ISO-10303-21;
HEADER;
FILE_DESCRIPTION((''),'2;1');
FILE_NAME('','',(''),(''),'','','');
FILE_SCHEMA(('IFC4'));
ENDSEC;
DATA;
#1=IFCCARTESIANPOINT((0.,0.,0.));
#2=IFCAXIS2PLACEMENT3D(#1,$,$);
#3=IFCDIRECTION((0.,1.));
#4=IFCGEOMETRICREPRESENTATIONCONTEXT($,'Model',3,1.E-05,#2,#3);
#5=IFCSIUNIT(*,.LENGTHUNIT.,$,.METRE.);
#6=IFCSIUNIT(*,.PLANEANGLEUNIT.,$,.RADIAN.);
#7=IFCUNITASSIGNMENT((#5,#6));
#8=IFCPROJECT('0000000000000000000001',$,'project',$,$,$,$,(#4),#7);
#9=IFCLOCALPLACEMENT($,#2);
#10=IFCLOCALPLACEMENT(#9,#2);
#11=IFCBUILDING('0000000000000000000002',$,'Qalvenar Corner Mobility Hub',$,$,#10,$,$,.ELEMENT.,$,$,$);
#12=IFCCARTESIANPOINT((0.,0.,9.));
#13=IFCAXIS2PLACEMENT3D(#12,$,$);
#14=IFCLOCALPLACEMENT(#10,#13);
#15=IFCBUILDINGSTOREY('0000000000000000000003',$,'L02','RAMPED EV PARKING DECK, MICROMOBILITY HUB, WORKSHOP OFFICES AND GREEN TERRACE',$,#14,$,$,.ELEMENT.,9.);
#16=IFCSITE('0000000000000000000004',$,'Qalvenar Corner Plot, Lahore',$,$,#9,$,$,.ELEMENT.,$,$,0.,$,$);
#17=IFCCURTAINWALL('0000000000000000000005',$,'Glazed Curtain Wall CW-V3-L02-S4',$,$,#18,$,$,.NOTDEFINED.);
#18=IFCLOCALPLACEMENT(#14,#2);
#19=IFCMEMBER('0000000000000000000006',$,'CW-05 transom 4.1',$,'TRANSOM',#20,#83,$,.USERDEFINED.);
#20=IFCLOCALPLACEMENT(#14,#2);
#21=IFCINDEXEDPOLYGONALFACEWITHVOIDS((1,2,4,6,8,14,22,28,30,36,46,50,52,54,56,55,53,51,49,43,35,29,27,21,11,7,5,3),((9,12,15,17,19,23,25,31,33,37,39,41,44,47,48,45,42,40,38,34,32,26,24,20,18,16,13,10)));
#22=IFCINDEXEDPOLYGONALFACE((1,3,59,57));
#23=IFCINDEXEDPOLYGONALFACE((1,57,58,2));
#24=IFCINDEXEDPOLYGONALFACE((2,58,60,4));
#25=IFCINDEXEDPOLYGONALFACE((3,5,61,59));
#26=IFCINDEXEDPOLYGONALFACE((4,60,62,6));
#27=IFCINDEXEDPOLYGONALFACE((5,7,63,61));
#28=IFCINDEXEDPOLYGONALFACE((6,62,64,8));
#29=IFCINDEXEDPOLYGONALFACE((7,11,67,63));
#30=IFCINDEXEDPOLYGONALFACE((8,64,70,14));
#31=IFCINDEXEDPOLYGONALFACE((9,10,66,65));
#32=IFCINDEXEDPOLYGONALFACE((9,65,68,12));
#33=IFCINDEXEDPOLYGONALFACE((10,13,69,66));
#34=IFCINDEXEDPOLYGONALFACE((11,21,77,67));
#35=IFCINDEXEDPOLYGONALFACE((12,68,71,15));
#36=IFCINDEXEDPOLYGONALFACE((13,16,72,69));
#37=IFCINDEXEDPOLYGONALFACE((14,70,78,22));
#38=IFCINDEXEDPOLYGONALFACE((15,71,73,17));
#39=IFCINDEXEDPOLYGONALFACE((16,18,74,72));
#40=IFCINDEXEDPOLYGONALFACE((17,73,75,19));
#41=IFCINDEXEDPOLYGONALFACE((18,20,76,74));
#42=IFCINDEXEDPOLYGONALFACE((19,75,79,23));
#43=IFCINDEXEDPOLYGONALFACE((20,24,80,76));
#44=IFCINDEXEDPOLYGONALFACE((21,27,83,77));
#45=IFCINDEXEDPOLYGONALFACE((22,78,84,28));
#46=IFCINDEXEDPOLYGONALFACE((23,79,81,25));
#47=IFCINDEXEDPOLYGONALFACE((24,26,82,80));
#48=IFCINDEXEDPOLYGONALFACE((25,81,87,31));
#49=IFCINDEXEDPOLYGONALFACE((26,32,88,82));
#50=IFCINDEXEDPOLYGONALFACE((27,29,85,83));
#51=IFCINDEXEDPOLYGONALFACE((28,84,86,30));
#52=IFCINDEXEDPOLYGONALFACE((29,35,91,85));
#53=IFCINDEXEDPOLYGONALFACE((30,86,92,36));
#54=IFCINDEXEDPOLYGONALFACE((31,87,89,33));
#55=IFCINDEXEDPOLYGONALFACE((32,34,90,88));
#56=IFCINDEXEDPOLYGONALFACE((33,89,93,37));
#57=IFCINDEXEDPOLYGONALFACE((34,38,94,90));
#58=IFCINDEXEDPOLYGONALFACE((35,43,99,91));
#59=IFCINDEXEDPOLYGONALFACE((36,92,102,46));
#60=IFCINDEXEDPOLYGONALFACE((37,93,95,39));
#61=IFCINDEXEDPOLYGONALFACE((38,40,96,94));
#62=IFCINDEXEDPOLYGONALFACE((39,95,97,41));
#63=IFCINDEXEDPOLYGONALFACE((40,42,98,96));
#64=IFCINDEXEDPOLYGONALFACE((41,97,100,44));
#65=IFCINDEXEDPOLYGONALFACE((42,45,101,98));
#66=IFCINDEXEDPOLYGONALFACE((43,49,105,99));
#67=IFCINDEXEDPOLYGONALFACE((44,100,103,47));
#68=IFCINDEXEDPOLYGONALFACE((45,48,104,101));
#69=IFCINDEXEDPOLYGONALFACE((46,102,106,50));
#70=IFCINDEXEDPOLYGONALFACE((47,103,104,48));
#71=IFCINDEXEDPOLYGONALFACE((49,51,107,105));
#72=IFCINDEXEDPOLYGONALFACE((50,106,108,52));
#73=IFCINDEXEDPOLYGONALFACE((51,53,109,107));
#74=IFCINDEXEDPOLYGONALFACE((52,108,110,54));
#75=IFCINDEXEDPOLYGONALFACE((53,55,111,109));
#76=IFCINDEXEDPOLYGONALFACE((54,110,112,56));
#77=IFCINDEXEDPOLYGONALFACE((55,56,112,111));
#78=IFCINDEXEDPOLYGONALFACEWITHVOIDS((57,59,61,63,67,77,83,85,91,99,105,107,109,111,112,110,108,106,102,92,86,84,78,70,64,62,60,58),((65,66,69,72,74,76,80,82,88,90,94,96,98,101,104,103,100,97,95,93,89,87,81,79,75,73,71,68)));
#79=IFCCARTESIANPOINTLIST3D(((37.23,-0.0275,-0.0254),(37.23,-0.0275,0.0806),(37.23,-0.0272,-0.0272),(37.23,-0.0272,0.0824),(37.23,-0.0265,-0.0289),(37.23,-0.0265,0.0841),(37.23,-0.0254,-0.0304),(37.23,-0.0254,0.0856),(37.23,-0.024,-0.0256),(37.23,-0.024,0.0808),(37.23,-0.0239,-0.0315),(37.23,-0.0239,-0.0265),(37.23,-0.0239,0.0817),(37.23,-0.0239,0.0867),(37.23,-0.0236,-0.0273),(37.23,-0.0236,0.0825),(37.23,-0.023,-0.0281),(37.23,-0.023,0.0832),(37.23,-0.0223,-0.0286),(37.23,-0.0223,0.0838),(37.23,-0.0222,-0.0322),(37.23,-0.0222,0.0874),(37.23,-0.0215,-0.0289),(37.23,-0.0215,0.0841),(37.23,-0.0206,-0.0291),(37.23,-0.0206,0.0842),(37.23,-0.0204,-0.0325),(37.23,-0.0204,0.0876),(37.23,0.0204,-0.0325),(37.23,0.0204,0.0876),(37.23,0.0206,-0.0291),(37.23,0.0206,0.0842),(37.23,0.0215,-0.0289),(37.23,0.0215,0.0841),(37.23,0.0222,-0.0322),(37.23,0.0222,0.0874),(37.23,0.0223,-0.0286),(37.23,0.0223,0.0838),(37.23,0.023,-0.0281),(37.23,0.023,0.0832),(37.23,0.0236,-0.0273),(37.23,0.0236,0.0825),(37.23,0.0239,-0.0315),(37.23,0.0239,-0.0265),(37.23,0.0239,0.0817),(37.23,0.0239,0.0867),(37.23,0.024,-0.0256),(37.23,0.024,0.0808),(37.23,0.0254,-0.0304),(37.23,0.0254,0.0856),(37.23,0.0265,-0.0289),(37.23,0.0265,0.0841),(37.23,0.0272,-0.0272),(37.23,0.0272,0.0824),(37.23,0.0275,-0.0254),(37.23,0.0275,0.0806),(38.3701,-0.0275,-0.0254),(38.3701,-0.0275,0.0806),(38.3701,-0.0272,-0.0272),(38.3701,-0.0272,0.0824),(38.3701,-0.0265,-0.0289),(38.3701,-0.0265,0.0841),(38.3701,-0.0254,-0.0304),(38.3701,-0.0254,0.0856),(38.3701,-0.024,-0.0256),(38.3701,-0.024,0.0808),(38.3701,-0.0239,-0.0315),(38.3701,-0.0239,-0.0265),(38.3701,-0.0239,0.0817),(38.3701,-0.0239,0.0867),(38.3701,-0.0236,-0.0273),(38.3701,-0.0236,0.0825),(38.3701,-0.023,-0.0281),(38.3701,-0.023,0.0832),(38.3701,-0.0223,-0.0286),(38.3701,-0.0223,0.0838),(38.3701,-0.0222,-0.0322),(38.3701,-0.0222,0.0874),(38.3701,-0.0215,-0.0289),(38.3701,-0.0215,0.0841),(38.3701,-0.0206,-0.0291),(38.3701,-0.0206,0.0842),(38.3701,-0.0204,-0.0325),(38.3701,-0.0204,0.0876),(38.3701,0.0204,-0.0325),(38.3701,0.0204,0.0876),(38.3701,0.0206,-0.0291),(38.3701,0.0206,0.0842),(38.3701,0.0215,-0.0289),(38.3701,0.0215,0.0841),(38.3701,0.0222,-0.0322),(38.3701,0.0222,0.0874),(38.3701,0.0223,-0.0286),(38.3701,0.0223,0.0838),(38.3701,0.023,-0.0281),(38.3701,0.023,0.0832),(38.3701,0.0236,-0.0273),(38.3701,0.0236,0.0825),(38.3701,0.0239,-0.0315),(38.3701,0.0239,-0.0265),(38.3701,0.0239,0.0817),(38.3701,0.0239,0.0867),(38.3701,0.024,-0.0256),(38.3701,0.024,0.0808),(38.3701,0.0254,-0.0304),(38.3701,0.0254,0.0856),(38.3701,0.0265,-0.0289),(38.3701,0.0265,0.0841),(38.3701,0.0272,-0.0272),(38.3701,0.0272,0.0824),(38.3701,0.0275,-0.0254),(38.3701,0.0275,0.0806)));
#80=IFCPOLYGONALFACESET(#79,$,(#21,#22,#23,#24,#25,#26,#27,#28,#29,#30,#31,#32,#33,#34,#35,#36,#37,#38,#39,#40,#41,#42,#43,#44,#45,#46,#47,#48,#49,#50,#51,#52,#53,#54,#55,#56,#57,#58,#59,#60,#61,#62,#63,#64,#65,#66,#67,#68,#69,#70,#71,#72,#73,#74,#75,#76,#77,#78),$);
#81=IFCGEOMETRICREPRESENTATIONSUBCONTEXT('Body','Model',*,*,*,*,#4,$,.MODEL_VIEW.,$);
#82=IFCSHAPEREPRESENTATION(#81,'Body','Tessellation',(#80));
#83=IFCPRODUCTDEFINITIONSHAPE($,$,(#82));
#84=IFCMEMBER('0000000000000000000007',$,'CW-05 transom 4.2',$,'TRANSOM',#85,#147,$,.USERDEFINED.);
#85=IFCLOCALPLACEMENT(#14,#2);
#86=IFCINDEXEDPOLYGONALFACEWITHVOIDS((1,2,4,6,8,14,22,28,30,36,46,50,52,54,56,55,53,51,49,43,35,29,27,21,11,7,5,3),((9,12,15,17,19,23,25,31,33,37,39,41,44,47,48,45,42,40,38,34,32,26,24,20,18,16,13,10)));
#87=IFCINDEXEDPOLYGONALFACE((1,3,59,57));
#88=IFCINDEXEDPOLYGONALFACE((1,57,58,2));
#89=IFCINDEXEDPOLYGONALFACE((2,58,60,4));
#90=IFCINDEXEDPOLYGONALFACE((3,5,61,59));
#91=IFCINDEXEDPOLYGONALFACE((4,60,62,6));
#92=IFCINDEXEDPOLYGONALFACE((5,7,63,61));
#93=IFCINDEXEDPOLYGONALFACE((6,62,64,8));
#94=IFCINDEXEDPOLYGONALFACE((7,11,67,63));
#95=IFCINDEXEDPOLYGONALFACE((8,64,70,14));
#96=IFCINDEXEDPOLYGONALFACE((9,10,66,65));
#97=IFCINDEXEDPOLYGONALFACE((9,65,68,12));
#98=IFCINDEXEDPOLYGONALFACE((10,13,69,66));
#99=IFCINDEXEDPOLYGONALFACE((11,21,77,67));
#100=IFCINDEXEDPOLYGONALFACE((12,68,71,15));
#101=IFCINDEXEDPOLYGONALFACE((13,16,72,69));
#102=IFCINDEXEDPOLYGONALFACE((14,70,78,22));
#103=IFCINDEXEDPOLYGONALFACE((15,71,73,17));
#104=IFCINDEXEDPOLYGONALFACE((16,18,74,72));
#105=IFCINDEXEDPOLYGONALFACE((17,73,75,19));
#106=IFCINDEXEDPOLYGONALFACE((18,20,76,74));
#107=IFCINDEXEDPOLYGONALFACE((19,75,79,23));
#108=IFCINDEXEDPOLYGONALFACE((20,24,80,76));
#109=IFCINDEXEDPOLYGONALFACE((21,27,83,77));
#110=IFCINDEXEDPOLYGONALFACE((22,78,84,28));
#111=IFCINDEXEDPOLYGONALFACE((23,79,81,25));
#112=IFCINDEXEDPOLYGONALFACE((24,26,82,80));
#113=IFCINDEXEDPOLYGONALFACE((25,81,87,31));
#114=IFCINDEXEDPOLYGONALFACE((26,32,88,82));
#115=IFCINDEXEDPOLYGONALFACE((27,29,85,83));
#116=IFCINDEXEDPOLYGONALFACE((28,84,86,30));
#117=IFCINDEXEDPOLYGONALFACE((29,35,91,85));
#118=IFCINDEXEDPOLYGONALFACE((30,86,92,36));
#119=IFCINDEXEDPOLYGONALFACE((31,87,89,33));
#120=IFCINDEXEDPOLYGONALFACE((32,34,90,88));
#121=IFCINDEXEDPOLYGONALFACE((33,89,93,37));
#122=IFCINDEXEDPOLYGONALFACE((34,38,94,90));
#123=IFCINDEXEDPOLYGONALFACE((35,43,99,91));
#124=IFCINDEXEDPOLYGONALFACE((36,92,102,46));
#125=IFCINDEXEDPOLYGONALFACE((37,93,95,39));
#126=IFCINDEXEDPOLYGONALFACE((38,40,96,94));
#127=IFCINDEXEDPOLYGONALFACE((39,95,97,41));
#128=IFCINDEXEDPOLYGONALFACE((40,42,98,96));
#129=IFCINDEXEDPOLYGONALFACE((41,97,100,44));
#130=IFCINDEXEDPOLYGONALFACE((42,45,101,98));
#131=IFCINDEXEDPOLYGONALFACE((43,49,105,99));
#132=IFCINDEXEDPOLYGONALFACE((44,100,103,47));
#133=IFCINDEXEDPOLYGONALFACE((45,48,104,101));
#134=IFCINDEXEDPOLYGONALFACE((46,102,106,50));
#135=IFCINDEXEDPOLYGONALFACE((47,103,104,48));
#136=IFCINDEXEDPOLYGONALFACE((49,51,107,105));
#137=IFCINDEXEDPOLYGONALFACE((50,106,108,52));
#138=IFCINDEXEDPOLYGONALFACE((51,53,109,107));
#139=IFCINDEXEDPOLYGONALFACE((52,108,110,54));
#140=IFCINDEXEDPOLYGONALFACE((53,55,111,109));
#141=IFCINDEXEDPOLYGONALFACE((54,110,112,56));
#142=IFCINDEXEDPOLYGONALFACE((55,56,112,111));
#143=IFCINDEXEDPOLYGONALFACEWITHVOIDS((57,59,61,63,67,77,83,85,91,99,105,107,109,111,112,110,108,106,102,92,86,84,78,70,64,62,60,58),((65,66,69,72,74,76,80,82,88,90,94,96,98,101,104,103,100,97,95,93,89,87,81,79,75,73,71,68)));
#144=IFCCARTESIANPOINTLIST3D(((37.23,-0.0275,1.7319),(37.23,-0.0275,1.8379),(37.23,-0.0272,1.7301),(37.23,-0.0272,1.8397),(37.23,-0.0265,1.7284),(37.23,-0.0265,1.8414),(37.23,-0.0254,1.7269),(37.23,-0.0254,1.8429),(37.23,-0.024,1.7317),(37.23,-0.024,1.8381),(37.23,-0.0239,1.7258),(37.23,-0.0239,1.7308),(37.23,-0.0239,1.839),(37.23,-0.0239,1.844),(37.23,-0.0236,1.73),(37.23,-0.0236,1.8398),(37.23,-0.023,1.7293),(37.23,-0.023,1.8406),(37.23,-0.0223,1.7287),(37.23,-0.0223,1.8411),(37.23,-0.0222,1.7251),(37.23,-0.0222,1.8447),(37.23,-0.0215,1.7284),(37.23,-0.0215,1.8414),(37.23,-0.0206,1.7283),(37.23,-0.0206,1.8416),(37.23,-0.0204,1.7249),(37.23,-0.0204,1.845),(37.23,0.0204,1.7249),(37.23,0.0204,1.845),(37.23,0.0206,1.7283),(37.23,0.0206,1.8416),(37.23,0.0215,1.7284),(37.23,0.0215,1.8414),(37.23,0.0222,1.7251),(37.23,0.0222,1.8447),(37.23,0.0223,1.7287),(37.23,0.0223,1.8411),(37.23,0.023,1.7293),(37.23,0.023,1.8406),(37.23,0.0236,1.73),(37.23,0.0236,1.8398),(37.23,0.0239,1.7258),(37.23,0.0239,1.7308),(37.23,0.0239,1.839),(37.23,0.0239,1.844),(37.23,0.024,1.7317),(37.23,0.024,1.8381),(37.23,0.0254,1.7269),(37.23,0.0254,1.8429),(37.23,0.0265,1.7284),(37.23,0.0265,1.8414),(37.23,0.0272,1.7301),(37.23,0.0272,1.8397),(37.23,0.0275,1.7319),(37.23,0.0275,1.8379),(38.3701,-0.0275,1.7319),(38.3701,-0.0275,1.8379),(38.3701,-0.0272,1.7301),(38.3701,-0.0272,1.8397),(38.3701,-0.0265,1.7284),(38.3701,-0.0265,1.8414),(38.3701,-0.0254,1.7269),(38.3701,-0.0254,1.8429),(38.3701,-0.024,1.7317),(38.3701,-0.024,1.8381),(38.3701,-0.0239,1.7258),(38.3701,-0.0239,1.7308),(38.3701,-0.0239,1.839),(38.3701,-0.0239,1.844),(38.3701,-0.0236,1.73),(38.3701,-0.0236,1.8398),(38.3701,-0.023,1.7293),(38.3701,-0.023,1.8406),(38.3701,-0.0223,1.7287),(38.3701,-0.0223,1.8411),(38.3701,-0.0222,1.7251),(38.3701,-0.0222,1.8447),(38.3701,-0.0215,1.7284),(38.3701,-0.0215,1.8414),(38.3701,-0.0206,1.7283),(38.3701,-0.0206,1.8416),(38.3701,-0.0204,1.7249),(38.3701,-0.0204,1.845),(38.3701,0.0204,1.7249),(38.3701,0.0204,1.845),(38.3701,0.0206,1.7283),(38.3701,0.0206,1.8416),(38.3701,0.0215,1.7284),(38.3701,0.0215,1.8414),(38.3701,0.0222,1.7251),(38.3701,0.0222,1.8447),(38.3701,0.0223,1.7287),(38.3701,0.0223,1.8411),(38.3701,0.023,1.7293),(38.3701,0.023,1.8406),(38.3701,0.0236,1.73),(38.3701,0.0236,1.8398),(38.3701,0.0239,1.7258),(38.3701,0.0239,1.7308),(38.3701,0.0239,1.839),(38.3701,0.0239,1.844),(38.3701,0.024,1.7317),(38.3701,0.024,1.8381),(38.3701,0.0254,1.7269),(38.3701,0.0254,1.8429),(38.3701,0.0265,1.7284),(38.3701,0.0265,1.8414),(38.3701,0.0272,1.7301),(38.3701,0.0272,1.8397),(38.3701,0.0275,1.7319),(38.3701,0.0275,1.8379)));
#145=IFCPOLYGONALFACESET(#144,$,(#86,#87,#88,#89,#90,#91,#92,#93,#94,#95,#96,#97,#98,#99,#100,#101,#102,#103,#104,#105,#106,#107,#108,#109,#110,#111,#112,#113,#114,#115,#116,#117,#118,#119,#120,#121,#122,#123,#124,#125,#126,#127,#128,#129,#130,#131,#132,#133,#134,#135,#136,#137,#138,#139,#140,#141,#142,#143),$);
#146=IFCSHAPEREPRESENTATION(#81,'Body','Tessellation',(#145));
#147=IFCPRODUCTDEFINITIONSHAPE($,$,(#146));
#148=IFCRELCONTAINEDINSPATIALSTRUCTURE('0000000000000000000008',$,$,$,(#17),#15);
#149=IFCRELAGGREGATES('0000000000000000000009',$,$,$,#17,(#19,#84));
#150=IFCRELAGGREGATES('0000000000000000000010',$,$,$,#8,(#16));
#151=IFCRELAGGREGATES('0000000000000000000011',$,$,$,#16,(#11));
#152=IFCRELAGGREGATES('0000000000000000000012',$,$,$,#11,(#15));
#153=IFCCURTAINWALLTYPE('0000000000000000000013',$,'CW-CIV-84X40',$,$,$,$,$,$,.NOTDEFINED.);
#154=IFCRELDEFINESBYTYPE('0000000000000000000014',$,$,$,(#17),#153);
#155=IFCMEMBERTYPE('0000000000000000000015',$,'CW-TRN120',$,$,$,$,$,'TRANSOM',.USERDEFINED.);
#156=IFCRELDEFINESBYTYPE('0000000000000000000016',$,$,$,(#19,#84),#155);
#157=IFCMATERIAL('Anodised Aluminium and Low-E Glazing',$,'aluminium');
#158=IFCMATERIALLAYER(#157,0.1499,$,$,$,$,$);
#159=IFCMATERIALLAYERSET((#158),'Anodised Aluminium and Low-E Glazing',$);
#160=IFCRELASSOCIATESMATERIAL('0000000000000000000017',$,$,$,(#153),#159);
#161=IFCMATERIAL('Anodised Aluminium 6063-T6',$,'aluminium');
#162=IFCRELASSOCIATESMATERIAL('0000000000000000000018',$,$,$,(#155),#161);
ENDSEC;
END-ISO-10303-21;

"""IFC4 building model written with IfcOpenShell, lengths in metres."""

from ifc_helpers import new_model, si_unit, direction, frame, origin, origin_2d, place, context, subcontext, project, spatial, hollow_rectangle, extrude, material, layer, layer_set, material_profile, profile_set, type_object, element, aggregate, save


model = new_model("IFC4")

# Units and contexts
model_context = context("Model", 3, precision=1e-05, world=origin(), true_north=direction((0.0, 1.0)))
body_context = subcontext(model_context, "Body", "Model", "MODEL_VIEW")
ifc_project = project(units=[si_unit("LENGTHUNIT", "METRE"), si_unit("PLANEANGLEUNIT", "RADIAN")], contexts=[model_context])

# Site, building, storey
site_placement = place(None, origin())
site = spatial("IfcSite", under=ifc_project, at=site_placement, Name="Qalvenar Corner Plot, Lahore", CompositionType="ELEMENT", RefElevation=0.0)
building_placement = place(site_placement, origin())
building = spatial("IfcBuilding", under=site, at=building_placement, Name="Qalvenar Corner Mobility Hub", CompositionType="ELEMENT")
storey_placement = place(building_placement, frame((0.0, 0.0, 9.0)))
storey = spatial("IfcBuildingStorey", under=building, at=storey_placement, Name="L02", Description="RAMPED EV PARKING DECK, MICROMOBILITY HUB, WORKSHOP OFFICES AND GREEN TERRACE", CompositionType="ELEMENT", Elevation=9.0)

# Curtain wall, members
ifc_material_1 = material(Name="Anodised Aluminium and Low-E Glazing", Category="aluminium")
ifc_layer_1 = layer(ifc_material_1, 0.1499)
ifc_layer_set_1 = layer_set([ifc_layer_1], Name="Anodised Aluminium and Low-E Glazing")
curtain_wall_type = type_object("IfcCurtainWallType", Name="CW-CIV-84X40", PredefinedType="NOTDEFINED", material=ifc_layer_set_1)
curtain_wall_placement = place(storey_placement, origin())
curtain_wall = element("IfcCurtainWall", 1, at=curtain_wall_placement, inside=storey, type_object=curtain_wall_type, Name="Glazed Curtain Wall CW-V3-L02-S4", PredefinedType="NOTDEFINED")
ifc_material_2 = material(Name="Anodised Aluminium 6063-T6", Category="aluminium")
ifc_material_profile_1 = material_profile(ifc_material_2, hollow_rectangle(XDim=0.0549, YDim=0.1201, WallThickness=0.0034, InnerFilletRadius=0.0034, OuterFilletRadius=0.0071, at=origin_2d()), Name="RHS120x55x3.5")
ifc_profile_set_1 = profile_set([ifc_material_profile_1], Name="Anodised Aluminium 6063-T6")
member_type_1 = type_object("IfcMemberType", Name="CW-TRN120", ElementType="TRANSOM", PredefinedType="USERDEFINED", material=ifc_profile_set_1)
member_1_placement = place(storey_placement, frame((37.23, 0.0, 0.0276), z_axis=(1.0, 0.0, 0.0), x_axis=(0.0, 1.0, 0.0)))
member_1 = element("IfcMember", 2, at=member_1_placement, type_object=member_type_1, Name="CW-05 transom 4.1", ObjectType="TRANSOM", PredefinedType="USERDEFINED", context=body_context, shape_type="SweptSolid", body=[
    extrude(hollow_rectangle(XDim=0.0549, YDim=0.1201, WallThickness=0.0034, InnerFilletRadius=0.0034, OuterFilletRadius=0.0071, at=origin_2d()), origin(), (0.0, 0.0, 1.0), 1.1401),
])
member_2_placement = place(storey_placement, frame((37.23, 0.0, 1.7849), z_axis=(1.0, 0.0, 0.0), x_axis=(0.0, 1.0, 0.0)))
member_2 = element("IfcMember", 3, at=member_2_placement, type_object=member_type_1, Name="CW-05 transom 4.2", ObjectType="TRANSOM", PredefinedType="USERDEFINED", context=body_context, shape_type="SweptSolid", body=[
    extrude(hollow_rectangle(XDim=0.0549, YDim=0.1201, WallThickness=0.0034, InnerFilletRadius=0.0034, OuterFilletRadius=0.0071, at=origin_2d()), origin(), (0.0, 0.0, 1.0), 1.1401),
])
aggregate(curtain_wall, [member_1, member_2])

save(model, "model.ifc")
